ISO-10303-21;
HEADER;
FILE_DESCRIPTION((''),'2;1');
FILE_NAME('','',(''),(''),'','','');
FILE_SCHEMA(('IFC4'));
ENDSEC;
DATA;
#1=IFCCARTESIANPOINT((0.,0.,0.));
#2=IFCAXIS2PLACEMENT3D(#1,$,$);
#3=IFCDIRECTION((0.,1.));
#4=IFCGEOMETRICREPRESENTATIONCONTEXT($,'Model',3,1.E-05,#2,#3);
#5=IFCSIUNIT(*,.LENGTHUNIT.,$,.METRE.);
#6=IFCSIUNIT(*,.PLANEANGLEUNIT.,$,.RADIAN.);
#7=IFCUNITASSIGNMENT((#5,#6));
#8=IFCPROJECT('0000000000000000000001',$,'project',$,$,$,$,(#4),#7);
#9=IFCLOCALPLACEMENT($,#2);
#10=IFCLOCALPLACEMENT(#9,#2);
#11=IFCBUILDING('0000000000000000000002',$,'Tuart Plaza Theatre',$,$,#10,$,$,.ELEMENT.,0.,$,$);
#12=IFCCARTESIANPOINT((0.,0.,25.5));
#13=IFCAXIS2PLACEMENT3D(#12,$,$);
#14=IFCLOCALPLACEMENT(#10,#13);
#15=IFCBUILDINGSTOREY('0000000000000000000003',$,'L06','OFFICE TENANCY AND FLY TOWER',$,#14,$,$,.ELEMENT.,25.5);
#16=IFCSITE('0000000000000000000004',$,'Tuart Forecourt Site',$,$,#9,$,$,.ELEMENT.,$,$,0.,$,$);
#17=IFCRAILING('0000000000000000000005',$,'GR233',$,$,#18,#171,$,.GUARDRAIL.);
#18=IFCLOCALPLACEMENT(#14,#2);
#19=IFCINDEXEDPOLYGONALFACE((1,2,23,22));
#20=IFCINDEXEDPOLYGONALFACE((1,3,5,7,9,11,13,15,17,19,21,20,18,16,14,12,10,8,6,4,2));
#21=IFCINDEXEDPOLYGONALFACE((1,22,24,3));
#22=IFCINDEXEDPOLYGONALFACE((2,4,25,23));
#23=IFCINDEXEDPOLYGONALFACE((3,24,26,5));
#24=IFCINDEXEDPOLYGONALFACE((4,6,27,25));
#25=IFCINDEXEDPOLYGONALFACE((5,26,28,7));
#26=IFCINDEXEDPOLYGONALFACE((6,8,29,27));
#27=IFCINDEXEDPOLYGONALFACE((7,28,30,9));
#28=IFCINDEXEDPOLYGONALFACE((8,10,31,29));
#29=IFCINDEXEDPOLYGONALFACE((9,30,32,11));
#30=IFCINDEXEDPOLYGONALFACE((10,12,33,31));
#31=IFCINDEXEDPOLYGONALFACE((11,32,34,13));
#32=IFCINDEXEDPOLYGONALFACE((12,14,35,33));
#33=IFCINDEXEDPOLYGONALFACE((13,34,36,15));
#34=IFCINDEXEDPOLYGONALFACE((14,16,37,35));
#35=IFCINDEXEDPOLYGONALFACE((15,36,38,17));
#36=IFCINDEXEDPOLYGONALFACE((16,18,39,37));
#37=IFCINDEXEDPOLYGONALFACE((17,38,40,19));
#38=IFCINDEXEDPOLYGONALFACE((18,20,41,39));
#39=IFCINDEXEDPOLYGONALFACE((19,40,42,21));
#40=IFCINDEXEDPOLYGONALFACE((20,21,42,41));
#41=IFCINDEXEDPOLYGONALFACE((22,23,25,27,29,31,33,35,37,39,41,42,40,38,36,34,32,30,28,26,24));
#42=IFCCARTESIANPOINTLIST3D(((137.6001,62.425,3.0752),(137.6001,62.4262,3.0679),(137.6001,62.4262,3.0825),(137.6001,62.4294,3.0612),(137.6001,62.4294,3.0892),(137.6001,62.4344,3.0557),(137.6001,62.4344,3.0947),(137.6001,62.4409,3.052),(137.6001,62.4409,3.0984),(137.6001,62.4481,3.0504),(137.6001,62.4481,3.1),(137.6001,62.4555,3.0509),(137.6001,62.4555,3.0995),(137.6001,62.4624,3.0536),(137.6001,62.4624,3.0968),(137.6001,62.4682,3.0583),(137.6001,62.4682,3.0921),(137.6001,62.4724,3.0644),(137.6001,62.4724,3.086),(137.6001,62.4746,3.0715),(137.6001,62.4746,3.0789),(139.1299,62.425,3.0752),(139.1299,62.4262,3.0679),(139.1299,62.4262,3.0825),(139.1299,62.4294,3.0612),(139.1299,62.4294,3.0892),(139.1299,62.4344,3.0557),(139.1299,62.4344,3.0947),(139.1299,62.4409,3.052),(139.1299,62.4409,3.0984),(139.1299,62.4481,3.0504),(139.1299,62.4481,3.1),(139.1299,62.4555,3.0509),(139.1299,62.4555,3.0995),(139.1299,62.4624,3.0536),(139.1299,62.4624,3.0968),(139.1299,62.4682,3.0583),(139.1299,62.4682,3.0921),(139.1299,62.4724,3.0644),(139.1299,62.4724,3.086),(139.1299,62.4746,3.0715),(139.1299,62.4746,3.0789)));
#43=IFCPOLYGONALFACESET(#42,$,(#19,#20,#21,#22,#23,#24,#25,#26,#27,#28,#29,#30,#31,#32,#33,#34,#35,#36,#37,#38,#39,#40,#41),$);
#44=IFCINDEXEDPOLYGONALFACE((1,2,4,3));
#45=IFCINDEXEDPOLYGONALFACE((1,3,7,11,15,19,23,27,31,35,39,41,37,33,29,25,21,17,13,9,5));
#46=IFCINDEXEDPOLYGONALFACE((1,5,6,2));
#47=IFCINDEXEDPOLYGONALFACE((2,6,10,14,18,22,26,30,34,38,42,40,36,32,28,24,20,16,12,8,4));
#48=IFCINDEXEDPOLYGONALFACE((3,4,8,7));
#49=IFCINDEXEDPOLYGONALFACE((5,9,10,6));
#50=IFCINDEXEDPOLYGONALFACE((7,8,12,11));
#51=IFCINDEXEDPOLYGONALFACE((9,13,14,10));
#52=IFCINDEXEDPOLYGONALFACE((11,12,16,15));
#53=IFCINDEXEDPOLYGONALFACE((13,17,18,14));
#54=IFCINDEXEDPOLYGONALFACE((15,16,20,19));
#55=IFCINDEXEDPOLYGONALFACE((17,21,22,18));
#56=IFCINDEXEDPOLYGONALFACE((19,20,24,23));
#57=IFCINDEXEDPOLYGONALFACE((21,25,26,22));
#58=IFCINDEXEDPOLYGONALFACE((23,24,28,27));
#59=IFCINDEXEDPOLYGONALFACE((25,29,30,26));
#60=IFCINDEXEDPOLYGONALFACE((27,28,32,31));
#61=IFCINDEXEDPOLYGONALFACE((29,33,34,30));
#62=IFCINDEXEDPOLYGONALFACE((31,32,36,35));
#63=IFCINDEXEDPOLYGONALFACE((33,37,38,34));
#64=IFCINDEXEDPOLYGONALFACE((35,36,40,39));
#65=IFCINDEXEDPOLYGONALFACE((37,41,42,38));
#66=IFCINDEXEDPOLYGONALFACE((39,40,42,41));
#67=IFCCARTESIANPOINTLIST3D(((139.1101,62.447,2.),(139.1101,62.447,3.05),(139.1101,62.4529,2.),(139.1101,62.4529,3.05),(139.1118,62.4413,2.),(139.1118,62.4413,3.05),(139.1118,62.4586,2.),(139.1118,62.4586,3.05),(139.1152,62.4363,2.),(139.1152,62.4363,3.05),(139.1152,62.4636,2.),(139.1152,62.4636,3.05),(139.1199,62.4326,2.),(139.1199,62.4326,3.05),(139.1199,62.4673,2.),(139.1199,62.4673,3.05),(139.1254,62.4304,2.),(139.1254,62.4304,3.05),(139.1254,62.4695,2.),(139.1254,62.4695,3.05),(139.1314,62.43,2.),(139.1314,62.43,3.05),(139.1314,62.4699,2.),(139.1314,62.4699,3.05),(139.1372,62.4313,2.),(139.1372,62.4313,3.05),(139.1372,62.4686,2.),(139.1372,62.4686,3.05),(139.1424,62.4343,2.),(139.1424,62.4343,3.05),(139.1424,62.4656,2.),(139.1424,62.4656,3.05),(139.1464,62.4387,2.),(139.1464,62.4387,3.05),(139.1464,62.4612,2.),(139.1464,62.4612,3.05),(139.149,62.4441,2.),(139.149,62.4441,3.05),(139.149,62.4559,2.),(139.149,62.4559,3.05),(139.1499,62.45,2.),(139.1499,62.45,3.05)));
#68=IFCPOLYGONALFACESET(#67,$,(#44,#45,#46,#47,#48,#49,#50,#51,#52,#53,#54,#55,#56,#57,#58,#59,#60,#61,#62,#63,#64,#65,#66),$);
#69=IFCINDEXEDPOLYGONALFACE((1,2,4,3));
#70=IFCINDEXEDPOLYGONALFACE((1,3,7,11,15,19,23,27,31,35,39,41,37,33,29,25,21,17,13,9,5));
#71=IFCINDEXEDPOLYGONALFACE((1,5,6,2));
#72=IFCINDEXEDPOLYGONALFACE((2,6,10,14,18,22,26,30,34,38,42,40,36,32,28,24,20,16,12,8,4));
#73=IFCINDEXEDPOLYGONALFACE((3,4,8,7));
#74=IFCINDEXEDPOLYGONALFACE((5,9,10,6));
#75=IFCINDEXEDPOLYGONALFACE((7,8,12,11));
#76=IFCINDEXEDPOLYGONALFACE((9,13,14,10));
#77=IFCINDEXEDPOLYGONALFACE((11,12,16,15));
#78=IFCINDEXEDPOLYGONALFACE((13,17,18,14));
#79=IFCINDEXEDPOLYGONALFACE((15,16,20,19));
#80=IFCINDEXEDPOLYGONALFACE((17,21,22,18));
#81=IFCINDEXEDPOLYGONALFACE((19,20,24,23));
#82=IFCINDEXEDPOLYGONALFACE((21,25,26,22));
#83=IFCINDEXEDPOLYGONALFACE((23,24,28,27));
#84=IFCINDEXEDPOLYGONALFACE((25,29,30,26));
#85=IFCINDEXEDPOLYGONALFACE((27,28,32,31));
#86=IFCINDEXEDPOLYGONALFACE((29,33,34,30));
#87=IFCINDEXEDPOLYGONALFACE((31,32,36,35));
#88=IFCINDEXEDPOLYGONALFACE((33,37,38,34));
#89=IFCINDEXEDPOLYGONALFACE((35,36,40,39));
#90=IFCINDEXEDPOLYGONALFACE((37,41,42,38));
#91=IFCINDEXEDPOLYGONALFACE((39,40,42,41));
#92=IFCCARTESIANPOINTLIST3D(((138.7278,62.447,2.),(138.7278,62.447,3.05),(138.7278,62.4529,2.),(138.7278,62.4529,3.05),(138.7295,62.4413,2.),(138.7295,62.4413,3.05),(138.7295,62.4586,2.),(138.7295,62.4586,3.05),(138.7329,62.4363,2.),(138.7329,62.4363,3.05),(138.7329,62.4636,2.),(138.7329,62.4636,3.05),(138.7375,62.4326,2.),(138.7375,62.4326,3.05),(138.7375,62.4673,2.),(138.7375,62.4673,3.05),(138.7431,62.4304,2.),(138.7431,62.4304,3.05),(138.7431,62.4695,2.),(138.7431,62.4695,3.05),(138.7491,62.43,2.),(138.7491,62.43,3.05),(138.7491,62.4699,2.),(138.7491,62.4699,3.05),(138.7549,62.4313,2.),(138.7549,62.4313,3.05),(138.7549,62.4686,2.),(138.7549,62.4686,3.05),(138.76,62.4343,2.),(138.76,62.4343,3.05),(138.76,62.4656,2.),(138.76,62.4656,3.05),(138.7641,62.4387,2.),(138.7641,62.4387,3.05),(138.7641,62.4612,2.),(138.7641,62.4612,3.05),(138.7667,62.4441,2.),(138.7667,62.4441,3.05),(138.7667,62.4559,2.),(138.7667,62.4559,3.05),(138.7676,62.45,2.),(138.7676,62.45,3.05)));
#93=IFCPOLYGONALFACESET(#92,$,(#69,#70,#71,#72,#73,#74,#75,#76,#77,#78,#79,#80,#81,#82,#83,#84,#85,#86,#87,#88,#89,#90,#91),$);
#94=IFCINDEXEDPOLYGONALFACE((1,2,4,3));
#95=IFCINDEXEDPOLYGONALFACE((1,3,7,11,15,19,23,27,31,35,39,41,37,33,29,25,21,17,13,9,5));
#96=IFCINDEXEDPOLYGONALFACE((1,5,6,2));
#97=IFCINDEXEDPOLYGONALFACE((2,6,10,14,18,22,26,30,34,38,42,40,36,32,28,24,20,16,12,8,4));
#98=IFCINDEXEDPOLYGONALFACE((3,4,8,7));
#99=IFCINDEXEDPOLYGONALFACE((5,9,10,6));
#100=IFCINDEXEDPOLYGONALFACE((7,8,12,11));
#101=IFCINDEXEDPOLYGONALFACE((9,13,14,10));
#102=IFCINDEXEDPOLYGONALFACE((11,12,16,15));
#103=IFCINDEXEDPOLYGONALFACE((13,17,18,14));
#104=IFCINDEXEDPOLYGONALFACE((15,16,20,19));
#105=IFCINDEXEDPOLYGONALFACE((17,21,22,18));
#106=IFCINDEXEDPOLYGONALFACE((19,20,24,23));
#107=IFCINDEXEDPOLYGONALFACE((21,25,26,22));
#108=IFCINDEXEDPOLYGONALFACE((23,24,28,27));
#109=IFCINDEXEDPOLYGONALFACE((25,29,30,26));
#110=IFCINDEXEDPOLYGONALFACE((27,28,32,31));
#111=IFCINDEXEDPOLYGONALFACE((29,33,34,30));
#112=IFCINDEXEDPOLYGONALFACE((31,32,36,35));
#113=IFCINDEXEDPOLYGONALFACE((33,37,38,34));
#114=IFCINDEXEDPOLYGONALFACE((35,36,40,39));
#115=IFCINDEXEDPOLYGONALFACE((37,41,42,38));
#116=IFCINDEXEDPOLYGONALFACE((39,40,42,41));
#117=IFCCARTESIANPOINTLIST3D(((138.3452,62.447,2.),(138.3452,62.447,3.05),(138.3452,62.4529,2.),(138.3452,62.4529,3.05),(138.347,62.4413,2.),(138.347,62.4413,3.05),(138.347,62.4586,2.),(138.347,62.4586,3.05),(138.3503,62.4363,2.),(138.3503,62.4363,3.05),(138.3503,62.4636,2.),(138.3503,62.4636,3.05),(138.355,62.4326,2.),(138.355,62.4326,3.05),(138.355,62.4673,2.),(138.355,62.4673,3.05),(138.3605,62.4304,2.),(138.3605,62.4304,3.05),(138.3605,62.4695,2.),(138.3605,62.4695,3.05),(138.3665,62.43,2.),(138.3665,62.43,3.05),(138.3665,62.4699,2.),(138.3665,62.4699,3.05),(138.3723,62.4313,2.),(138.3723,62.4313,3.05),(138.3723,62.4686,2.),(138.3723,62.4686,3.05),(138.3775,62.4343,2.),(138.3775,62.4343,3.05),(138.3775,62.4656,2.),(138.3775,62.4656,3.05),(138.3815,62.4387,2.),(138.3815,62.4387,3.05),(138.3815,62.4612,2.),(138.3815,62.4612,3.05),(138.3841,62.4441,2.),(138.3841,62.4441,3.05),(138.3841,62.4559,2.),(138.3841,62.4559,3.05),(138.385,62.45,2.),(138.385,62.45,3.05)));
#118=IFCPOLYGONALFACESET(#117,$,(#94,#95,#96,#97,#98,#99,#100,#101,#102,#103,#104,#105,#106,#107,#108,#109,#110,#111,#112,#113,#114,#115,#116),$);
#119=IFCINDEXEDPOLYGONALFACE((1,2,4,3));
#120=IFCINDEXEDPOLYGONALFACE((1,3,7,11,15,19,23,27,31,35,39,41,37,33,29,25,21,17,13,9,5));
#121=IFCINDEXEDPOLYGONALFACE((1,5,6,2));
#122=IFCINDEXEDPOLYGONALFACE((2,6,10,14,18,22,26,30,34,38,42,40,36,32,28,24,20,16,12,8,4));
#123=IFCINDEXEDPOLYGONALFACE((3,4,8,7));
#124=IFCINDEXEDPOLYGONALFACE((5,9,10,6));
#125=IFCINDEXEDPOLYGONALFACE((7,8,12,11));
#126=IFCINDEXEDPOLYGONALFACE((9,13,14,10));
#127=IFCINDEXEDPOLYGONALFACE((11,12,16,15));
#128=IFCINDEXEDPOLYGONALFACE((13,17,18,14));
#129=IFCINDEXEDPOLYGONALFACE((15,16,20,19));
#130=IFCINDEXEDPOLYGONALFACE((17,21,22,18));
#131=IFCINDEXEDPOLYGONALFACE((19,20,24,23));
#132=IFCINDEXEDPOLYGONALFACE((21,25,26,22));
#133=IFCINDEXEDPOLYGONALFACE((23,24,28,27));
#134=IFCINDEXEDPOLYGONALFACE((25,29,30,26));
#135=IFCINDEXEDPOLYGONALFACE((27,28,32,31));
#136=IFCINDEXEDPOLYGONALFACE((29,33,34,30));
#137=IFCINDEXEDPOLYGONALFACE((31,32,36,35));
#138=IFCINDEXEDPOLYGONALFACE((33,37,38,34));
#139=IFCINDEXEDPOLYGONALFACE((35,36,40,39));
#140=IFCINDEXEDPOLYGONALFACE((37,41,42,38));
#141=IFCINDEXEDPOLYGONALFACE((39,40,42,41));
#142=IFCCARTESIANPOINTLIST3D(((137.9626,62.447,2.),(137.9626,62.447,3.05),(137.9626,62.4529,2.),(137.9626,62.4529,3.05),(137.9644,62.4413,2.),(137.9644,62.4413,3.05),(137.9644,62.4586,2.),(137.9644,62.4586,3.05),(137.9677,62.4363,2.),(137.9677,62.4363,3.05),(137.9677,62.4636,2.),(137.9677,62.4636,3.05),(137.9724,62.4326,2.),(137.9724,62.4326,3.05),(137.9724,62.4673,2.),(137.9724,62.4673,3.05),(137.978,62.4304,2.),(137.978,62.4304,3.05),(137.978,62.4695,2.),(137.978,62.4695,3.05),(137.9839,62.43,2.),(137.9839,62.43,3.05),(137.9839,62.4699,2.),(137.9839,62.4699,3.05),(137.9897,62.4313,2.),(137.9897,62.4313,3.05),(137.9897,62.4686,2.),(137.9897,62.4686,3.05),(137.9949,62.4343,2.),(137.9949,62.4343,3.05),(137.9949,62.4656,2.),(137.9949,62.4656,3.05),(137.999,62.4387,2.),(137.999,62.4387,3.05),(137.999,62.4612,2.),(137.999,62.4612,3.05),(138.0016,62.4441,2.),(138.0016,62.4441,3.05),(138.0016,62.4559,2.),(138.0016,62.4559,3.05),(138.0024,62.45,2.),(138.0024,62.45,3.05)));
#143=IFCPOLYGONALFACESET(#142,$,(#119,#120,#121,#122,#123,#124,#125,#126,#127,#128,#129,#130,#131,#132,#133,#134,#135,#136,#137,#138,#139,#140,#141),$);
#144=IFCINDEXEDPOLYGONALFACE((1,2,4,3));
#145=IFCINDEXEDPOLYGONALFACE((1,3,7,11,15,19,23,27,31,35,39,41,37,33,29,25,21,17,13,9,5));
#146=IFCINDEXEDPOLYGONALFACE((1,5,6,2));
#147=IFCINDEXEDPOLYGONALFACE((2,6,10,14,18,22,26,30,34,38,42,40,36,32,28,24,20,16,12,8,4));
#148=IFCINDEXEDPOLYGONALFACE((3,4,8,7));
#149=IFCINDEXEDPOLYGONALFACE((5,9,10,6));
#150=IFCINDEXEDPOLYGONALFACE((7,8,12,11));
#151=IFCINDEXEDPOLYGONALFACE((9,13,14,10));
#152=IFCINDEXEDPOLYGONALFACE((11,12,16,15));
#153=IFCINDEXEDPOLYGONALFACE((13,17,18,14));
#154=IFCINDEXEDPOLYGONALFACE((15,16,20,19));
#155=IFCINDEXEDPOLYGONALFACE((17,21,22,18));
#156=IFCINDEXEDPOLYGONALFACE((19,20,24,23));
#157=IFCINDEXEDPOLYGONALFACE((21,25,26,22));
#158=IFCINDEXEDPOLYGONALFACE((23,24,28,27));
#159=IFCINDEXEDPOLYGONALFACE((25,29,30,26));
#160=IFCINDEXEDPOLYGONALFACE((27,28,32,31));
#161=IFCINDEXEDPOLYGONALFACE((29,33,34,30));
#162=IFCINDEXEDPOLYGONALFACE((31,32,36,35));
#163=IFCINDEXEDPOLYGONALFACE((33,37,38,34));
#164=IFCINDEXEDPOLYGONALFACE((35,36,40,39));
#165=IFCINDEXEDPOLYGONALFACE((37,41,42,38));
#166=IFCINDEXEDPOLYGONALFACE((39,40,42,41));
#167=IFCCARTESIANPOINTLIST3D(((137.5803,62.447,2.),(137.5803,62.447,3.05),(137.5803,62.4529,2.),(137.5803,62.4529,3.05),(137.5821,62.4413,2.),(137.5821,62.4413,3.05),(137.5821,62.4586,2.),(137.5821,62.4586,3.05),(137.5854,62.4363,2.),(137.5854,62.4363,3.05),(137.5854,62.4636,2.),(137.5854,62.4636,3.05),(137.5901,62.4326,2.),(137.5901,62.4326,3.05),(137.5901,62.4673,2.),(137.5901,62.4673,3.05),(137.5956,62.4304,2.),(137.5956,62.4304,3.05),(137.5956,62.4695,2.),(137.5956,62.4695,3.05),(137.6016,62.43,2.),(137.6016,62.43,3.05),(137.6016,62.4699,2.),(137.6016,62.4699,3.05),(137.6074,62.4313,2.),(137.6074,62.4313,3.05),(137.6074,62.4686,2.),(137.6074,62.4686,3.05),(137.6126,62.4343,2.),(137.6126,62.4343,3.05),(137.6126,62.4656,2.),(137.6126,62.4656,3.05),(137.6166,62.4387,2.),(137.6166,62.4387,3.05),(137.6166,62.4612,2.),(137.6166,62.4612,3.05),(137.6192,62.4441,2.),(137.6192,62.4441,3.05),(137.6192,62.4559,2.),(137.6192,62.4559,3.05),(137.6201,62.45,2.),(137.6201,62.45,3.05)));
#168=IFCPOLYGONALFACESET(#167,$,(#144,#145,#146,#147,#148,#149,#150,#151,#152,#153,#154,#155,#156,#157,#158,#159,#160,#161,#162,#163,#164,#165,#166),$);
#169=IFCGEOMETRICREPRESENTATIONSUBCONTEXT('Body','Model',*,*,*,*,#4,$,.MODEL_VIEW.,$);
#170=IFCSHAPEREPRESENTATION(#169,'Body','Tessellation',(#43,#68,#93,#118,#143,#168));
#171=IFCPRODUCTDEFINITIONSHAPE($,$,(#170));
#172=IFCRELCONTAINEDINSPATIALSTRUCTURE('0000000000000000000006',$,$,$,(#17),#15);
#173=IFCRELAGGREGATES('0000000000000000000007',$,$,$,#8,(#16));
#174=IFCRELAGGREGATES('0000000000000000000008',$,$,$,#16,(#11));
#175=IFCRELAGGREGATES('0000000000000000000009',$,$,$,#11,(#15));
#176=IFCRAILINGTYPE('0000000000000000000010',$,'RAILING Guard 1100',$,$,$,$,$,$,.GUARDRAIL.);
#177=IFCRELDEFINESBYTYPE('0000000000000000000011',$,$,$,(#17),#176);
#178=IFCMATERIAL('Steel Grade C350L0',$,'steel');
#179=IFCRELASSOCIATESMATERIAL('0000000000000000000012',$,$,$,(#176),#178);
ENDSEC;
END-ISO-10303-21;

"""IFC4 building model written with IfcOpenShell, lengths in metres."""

from ifc_helpers import new_model, si_unit, direction, frame, origin, origin_2d, place, context, subcontext, project, spatial, circle, extrude, material, type_object, element, save


model = new_model("IFC4")

# Units and contexts
model_context = context("Model", 3, precision=1e-05, world=origin(), true_north=direction((0.0, 1.0)))
body_context = subcontext(model_context, "Body", "Model", "MODEL_VIEW")
ifc_project = project(units=[si_unit("LENGTHUNIT", "METRE"), si_unit("PLANEANGLEUNIT", "RADIAN")], contexts=[model_context])

# Site, building, storey
site_placement = place(None, origin())
site = spatial("IfcSite", under=ifc_project, at=site_placement, Name="Tuart Forecourt Site", CompositionType="ELEMENT", RefElevation=0.0)
building_placement = place(site_placement, origin())
building = spatial("IfcBuilding", under=site, at=building_placement, Name="Tuart Plaza Theatre", CompositionType="ELEMENT", ElevationOfRefHeight=0.0)
storey_placement = place(building_placement, frame((0.0, 0.0, 25.5)))
storey = spatial("IfcBuildingStorey", under=building, at=storey_placement, Name="L06", Description="OFFICE TENANCY AND FLY TOWER", CompositionType="ELEMENT", Elevation=25.5)

# Railing
ifc_material_1 = material(Name="Steel Grade C350L0", Category="steel")
railing_type_1 = type_object("IfcRailingType", Name="RAILING Guard 1100", PredefinedType="GUARDRAIL", material=ifc_material_1)
railing_1_placement = place(storey_placement, frame((139.1299, 62.45, 2.0)))
element("IfcRailing", 1, at=railing_1_placement, inside=storey, type_object=railing_type_1, Name="GR233", PredefinedType="GUARDRAIL", context=body_context, shape_type="SweptSolid", body=[
    extrude(circle(Radius=0.0249, at=origin_2d()), frame((0.0, 0.0, 1.0752), z_axis=(-1.0, 0.0, 0.0), x_axis=(0.0, -1.0, 0.0)), (0.0, 0.0, 1.0), 1.5298),
    extrude(circle(Radius=0.02, at=origin_2d()), origin(), (0.0, 0.0, 1.0), 1.05),
    extrude(circle(Radius=0.02, at=origin_2d()), frame((-0.3823, 0.0, 0.0)), (0.0, 0.0, 1.0), 1.05),
    extrude(circle(Radius=0.02, at=origin_2d()), frame((-0.7649, 0.0, 0.0)), (0.0, 0.0, 1.0), 1.05),
    extrude(circle(Radius=0.02, at=origin_2d()), frame((-1.1475, 0.0, 0.0)), (0.0, 0.0, 1.0), 1.05),
    extrude(circle(Radius=0.02, at=origin_2d()), frame((-1.5298, 0.0, 0.0)), (0.0, 0.0, 1.0), 1.05),
])

save(model, "model.ifc")
